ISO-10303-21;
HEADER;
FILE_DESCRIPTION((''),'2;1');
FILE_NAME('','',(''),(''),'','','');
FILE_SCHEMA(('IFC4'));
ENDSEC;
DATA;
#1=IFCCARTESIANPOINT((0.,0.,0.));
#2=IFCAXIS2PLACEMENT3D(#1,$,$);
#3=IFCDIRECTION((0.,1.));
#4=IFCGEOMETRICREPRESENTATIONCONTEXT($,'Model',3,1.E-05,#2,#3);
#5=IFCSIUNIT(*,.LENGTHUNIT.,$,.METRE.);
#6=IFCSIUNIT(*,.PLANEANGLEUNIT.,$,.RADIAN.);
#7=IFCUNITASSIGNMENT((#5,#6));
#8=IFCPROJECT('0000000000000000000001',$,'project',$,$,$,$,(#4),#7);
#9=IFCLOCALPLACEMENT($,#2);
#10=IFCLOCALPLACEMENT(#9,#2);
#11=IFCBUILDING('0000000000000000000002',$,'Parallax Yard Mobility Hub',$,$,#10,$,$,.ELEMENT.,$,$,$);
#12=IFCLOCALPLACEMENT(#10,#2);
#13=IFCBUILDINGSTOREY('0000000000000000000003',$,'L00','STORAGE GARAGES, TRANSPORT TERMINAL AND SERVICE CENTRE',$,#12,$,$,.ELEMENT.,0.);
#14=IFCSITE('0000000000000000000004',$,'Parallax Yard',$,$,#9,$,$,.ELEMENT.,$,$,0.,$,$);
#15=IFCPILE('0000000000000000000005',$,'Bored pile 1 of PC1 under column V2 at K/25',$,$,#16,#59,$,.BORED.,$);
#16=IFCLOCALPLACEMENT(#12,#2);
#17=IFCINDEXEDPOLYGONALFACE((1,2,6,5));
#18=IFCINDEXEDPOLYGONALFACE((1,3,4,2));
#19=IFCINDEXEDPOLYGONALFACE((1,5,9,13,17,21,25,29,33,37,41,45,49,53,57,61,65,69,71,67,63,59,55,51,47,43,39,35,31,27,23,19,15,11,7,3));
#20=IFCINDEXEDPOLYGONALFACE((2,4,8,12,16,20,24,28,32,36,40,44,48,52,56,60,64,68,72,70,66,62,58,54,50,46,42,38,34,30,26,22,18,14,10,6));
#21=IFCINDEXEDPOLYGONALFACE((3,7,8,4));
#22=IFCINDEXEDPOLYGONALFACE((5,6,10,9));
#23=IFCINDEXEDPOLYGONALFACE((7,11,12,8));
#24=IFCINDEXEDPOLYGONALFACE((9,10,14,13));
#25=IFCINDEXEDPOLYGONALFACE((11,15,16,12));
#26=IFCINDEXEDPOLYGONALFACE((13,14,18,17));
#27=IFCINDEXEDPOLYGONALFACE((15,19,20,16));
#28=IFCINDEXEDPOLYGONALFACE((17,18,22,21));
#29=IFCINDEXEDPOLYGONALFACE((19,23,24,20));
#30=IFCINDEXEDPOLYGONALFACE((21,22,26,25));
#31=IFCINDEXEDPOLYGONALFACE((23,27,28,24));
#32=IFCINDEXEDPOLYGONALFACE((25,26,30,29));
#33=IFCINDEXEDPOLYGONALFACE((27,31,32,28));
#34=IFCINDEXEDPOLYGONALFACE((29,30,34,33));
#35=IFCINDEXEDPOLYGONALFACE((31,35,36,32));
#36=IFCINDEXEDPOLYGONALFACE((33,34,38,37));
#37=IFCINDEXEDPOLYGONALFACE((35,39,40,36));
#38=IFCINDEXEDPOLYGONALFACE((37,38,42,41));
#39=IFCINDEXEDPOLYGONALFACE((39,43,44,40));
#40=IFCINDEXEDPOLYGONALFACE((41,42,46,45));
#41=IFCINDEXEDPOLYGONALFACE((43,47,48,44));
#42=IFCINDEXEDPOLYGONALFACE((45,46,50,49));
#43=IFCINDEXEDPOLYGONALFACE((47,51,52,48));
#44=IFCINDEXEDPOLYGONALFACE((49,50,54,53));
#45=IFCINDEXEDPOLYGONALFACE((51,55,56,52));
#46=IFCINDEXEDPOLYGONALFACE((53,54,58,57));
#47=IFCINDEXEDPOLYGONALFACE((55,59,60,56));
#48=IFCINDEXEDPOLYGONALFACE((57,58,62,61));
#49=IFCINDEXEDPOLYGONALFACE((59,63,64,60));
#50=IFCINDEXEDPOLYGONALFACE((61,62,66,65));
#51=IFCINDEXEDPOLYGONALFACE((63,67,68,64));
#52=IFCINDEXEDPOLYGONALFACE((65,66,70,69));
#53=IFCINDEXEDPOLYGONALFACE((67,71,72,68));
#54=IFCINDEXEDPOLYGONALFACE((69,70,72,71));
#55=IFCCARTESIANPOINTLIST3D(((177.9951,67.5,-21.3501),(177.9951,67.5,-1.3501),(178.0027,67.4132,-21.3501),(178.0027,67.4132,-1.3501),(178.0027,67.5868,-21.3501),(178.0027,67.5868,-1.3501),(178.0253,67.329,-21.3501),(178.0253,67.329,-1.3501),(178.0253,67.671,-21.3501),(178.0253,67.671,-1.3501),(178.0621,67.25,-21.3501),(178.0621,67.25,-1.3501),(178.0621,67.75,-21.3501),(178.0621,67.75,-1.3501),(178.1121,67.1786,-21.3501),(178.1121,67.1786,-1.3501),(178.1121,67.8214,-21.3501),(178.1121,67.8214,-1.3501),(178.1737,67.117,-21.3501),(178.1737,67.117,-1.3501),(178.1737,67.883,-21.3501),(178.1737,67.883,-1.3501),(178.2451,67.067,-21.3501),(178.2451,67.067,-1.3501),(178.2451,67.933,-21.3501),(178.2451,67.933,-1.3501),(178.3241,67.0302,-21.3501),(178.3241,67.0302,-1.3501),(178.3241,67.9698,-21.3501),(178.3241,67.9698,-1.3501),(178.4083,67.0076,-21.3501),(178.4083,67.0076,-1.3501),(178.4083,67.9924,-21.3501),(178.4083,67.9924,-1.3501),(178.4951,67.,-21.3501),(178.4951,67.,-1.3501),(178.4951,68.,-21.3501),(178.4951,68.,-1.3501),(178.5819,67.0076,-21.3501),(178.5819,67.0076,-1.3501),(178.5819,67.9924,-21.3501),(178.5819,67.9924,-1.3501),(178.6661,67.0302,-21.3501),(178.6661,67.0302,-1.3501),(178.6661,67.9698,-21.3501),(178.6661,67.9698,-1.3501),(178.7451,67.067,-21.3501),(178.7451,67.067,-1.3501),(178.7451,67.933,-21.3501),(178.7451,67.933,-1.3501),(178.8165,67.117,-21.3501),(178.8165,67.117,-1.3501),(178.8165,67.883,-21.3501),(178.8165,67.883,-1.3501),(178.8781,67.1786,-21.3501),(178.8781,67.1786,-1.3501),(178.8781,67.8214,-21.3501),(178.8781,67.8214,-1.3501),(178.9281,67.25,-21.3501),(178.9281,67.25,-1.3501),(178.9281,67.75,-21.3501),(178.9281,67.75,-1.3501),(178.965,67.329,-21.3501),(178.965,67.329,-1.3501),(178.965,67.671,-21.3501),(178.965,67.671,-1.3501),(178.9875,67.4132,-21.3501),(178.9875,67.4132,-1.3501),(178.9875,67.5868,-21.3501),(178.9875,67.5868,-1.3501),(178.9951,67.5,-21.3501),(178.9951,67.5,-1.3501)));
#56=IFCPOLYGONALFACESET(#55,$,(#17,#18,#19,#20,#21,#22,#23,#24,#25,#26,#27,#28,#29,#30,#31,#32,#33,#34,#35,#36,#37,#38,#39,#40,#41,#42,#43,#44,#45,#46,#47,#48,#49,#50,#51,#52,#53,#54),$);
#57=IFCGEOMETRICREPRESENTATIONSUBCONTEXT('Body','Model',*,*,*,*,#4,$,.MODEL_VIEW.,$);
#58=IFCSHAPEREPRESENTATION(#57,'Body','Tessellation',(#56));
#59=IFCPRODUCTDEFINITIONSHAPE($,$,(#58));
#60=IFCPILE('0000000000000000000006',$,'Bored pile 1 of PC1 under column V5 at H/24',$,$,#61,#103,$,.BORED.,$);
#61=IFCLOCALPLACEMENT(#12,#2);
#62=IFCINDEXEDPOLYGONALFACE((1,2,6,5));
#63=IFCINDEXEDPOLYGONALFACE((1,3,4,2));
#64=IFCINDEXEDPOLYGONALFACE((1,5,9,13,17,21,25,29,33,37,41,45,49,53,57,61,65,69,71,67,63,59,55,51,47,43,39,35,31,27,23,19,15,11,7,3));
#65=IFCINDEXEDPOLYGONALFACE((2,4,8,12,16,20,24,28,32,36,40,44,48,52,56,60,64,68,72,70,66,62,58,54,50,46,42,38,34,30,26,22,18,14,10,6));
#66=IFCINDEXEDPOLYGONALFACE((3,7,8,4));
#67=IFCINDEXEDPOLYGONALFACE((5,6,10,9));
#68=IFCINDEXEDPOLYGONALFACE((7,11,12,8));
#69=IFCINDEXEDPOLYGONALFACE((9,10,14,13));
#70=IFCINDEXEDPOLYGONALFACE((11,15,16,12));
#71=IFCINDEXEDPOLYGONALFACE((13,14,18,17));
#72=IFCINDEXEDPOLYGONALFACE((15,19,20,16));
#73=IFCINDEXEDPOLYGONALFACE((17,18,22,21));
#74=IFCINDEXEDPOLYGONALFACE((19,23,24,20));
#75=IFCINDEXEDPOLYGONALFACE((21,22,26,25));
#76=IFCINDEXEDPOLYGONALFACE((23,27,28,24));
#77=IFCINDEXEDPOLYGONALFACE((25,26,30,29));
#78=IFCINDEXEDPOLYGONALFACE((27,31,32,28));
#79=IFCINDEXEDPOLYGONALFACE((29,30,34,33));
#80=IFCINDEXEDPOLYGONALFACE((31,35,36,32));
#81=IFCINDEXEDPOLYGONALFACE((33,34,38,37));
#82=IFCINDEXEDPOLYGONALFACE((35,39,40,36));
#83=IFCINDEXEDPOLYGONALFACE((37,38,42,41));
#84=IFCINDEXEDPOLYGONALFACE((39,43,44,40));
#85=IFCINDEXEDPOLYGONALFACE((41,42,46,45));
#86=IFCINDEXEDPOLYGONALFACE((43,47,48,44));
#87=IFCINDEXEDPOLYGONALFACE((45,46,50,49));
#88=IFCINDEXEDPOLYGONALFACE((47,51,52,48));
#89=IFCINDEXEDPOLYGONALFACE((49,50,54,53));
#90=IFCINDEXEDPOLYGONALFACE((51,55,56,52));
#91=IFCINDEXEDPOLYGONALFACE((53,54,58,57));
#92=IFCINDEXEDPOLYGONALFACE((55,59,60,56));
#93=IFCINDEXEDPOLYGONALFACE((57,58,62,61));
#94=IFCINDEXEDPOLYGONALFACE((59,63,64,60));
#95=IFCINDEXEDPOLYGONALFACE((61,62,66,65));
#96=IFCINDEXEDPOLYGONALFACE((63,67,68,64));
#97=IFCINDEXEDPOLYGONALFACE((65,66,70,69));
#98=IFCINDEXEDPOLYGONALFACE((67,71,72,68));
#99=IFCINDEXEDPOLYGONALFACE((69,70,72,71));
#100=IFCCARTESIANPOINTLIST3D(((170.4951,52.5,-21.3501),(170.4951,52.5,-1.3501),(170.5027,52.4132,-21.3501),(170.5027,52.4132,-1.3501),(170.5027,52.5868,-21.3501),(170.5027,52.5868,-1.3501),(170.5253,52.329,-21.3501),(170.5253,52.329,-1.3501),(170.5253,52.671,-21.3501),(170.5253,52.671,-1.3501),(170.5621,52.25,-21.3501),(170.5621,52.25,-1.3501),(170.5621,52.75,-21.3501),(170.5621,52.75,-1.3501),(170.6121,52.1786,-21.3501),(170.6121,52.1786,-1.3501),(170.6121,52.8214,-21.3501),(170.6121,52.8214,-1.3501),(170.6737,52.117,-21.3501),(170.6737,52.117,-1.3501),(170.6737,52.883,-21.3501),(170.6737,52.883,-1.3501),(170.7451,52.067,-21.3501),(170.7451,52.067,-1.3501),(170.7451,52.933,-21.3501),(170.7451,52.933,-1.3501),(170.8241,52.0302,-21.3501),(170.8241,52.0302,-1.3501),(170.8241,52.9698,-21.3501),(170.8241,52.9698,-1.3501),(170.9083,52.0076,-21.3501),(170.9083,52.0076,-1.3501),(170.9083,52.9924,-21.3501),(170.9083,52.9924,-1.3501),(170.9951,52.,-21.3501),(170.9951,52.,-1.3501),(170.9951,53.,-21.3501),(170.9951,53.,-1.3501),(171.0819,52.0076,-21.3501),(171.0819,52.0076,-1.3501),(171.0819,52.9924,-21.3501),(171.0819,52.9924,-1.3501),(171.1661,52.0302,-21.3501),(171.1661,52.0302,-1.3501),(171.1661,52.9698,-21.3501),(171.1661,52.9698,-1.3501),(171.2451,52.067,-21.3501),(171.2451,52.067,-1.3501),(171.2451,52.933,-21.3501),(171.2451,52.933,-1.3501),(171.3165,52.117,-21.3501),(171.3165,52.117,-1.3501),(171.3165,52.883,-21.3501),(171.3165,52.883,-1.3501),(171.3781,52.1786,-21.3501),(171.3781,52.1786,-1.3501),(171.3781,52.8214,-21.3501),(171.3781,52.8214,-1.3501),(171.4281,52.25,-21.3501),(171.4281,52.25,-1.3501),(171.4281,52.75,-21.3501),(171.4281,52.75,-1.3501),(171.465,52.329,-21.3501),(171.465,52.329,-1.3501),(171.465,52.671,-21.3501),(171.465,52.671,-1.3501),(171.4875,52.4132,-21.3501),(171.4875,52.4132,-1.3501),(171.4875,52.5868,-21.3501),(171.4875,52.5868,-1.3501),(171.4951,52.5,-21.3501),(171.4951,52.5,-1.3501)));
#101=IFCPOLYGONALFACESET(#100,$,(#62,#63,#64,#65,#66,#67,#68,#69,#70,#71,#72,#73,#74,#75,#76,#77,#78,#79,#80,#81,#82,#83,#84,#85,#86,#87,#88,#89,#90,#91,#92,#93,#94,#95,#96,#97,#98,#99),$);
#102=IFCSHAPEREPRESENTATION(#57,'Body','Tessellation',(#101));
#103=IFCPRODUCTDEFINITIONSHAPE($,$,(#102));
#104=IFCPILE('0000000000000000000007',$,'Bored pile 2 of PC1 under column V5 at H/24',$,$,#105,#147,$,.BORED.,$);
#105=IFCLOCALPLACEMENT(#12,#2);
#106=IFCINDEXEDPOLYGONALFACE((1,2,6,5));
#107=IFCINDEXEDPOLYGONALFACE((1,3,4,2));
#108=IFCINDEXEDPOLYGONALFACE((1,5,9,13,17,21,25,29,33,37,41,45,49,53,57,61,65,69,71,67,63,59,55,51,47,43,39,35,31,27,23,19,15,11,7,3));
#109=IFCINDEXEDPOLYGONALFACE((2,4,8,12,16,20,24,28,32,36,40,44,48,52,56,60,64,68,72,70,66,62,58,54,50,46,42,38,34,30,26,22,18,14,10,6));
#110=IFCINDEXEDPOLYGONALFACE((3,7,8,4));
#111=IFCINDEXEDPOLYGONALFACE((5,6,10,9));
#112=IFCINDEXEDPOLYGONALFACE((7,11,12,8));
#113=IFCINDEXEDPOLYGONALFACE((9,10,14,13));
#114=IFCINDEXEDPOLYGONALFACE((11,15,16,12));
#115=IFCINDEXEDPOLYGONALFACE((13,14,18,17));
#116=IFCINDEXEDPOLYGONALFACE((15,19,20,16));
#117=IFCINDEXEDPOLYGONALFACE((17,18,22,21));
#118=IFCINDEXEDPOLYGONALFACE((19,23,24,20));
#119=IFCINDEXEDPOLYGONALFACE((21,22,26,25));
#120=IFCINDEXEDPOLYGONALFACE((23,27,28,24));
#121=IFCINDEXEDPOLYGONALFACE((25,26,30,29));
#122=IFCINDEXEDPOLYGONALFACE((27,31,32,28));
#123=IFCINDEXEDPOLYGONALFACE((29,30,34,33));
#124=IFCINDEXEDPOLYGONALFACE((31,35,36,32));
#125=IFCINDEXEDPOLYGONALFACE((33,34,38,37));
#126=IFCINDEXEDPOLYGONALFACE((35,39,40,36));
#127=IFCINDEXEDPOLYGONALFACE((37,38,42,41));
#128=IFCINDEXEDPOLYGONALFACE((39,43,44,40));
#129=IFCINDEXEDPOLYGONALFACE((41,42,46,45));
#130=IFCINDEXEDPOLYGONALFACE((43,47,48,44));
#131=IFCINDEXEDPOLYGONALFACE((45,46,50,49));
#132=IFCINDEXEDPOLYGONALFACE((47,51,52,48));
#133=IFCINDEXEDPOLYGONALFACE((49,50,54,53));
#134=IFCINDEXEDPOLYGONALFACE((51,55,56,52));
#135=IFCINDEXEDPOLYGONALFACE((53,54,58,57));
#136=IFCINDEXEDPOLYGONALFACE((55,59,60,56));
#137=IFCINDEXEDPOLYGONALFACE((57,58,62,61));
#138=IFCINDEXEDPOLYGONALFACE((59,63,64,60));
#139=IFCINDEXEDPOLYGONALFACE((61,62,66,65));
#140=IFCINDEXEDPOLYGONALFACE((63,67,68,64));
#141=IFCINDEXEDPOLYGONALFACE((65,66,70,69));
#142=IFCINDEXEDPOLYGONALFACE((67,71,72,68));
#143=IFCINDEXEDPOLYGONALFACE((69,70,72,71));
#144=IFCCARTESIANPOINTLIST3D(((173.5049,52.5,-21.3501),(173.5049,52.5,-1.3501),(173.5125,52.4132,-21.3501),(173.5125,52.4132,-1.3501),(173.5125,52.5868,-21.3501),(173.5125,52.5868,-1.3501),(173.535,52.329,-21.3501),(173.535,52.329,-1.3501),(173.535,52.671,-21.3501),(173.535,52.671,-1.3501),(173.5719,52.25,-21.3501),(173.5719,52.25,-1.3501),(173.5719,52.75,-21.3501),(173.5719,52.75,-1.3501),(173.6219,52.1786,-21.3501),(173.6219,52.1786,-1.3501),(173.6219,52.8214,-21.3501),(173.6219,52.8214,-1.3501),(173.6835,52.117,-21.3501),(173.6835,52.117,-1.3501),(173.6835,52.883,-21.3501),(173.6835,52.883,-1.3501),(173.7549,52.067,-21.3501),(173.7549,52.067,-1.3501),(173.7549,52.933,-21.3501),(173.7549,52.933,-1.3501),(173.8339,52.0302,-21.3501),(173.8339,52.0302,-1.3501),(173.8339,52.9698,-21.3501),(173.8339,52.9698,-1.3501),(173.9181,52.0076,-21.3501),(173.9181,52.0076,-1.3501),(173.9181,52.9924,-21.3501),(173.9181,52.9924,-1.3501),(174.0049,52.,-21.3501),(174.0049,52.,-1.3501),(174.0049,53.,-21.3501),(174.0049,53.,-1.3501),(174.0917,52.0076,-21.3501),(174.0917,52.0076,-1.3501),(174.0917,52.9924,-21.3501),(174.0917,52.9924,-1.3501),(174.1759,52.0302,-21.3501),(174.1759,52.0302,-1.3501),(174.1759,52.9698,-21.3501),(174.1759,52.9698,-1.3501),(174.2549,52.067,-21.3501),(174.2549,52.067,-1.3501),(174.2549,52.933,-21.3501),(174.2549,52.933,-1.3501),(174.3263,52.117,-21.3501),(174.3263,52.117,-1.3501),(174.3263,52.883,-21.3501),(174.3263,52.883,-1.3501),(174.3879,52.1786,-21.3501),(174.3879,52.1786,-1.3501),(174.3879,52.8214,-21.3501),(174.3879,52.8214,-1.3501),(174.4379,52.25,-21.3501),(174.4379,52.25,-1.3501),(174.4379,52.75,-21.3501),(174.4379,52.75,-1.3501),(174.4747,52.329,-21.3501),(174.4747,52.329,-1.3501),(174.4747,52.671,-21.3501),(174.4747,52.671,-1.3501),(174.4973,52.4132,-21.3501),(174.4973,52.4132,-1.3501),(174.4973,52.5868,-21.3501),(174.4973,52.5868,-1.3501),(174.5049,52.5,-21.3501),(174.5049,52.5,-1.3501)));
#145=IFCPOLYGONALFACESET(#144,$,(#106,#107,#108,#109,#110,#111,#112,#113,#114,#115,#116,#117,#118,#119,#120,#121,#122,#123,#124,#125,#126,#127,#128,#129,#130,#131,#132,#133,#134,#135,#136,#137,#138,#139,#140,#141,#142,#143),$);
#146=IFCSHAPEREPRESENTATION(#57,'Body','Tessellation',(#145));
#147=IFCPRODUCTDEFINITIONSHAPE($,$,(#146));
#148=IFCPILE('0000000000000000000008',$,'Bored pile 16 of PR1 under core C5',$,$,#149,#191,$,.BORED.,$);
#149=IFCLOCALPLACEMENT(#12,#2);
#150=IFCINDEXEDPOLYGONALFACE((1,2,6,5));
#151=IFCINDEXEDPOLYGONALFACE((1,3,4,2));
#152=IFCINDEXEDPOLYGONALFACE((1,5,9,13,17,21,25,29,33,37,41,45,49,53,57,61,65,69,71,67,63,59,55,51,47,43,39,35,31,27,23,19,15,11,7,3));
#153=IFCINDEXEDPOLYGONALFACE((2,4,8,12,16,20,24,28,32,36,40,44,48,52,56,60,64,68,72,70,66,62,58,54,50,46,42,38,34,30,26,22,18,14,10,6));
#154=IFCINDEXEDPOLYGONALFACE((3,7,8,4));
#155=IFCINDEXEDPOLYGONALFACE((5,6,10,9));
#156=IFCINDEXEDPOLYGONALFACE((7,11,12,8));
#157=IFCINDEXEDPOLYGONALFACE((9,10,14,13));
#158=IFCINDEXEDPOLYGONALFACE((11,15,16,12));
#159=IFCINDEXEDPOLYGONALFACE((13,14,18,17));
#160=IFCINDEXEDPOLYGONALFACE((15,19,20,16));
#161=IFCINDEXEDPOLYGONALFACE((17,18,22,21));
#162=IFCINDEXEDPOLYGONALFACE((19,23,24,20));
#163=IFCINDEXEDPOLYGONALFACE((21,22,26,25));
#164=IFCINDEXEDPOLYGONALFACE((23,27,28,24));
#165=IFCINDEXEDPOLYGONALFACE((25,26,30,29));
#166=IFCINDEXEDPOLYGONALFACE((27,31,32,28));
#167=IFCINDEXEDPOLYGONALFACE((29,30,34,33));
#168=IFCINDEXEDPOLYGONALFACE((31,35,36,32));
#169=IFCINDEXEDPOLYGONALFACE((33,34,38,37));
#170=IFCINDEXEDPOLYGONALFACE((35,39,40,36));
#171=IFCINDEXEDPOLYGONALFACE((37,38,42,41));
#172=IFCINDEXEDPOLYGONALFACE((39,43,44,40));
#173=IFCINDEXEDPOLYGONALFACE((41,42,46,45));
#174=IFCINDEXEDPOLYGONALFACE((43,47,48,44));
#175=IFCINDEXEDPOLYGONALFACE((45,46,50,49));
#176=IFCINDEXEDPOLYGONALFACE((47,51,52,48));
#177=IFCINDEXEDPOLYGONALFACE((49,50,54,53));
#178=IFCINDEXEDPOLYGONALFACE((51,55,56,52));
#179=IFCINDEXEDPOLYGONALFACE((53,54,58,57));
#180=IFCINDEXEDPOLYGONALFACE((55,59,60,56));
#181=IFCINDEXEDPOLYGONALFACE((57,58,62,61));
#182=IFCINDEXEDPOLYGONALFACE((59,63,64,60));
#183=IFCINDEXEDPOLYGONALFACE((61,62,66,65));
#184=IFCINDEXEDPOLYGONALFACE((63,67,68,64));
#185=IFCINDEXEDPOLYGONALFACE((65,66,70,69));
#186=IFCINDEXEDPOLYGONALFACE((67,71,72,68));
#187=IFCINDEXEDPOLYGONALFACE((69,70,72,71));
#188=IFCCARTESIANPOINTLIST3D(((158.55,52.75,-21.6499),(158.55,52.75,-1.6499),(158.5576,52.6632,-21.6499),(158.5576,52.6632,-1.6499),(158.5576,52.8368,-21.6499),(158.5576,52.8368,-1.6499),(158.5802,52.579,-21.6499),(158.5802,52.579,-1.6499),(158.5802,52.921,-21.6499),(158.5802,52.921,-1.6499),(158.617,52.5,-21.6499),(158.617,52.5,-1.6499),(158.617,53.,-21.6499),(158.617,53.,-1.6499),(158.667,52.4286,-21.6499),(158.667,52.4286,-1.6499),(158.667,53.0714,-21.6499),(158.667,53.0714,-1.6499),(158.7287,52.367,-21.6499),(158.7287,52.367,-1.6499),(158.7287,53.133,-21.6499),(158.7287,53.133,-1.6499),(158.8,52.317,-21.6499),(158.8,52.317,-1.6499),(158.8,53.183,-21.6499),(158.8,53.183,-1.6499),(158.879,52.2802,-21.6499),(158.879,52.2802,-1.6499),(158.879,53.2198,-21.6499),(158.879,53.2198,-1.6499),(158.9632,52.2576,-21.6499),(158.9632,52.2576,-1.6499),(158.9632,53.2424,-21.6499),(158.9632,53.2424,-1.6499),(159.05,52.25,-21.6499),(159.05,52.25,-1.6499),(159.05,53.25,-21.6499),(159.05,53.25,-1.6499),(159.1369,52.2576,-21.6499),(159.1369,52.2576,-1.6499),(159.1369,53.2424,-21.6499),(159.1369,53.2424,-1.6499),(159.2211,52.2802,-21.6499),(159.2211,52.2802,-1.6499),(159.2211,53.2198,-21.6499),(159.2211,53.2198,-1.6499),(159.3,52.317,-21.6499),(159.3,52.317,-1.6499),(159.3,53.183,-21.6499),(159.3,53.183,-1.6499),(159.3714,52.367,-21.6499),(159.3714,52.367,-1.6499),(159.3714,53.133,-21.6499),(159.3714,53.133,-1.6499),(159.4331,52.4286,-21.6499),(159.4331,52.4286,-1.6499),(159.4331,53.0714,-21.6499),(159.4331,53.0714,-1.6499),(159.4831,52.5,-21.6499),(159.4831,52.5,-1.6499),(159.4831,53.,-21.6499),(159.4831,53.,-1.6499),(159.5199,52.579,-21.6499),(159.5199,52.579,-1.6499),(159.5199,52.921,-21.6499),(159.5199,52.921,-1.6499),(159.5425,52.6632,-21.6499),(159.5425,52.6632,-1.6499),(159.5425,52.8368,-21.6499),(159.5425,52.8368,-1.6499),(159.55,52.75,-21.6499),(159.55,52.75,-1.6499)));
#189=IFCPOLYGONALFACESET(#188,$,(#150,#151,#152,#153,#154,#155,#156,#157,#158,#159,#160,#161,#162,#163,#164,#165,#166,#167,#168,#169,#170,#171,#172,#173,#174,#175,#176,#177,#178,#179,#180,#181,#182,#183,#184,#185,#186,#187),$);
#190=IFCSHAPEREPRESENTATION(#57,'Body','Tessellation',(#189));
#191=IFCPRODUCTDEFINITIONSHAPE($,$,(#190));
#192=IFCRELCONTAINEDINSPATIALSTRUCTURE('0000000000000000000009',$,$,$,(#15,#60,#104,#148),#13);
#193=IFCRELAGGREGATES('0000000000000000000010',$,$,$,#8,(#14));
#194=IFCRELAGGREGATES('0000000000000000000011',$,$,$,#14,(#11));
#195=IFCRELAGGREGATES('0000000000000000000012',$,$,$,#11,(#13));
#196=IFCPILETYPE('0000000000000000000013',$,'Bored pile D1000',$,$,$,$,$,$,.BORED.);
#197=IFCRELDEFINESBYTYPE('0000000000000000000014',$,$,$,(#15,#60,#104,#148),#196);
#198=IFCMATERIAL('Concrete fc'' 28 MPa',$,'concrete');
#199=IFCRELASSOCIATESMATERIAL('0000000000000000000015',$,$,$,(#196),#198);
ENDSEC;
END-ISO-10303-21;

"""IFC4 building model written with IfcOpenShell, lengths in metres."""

from ifc_helpers import new_model, si_unit, direction, frame, origin, origin_2d, place, context, subcontext, project, spatial, circle, extrude, material, material_profile, profile_set, type_object, element, save


model = new_model("IFC4")

# Units and contexts
model_context = context("Model", 3, precision=1e-05, world=origin(), true_north=direction((0.0, 1.0)))
body_context = subcontext(model_context, "Body", "Model", "MODEL_VIEW")
ifc_project = project(units=[si_unit("LENGTHUNIT", "METRE"), si_unit("PLANEANGLEUNIT", "RADIAN")], contexts=[model_context])

# Site, building, storey
site_placement = place(None, origin())
site = spatial("IfcSite", under=ifc_project, at=site_placement, Name="Parallax Yard", CompositionType="ELEMENT", RefElevation=0.0)
building_placement = place(site_placement, origin())
building = spatial("IfcBuilding", under=site, at=building_placement, Name="Parallax Yard Mobility Hub", CompositionType="ELEMENT")
storey_placement = place(building_placement, origin())
storey = spatial("IfcBuildingStorey", under=building, at=storey_placement, Name="L00", Description="STORAGE GARAGES, TRANSPORT TERMINAL AND SERVICE CENTRE", CompositionType="ELEMENT", Elevation=0.0)

# Piles
ifc_material_1 = material(Name="Concrete fc' 28 MPa", Category="concrete")
ifc_material_profile_1 = material_profile(ifc_material_1, circle(Radius=0.5, at=origin_2d()), Name="Bored pile D1000")
ifc_profile_set_1 = profile_set([ifc_material_profile_1], Name="Concrete fc' 28 MPa")
pile_type = type_object("IfcPileType", Name="Bored pile D1000", PredefinedType="BORED", material=ifc_profile_set_1)
for number, where, z_axis, x_axis, name in (
    (1, (178.4951, 67.5, -1.3501), (0.0, 0.0, -1.0), (1.0, 0.0, 0.0), "Bored pile 1 of PC1 under column V2 at K/25"),
    (2, (170.9951, 52.5, -1.3501), (0.0, 0.0, -1.0), (1.0, 0.0, 0.0), "Bored pile 1 of PC1 under column V5 at H/24"),
    (3, (174.0049, 52.5, -1.3501), (0.0, 0.0, -1.0), (1.0, 0.0, 0.0), "Bored pile 2 of PC1 under column V5 at H/24"),
    (4, (159.05, 52.75, -1.6499), (0.0, 0.0, -1.0), (1.0, 0.0, 0.0), "Bored pile 16 of PR1 under core C5"),
):
    element("IfcPile", number, at=place(storey_placement, frame(where, z_axis=z_axis, x_axis=x_axis)), inside=storey, type_object=pile_type, Name=name, PredefinedType="BORED", context=body_context, shape_type="SweptSolid", body=[
        extrude(circle(Radius=0.5, at=origin_2d()), origin(), (0.0, 0.0, 1.0), 20.0),
    ])

save(model, "model.ifc")
